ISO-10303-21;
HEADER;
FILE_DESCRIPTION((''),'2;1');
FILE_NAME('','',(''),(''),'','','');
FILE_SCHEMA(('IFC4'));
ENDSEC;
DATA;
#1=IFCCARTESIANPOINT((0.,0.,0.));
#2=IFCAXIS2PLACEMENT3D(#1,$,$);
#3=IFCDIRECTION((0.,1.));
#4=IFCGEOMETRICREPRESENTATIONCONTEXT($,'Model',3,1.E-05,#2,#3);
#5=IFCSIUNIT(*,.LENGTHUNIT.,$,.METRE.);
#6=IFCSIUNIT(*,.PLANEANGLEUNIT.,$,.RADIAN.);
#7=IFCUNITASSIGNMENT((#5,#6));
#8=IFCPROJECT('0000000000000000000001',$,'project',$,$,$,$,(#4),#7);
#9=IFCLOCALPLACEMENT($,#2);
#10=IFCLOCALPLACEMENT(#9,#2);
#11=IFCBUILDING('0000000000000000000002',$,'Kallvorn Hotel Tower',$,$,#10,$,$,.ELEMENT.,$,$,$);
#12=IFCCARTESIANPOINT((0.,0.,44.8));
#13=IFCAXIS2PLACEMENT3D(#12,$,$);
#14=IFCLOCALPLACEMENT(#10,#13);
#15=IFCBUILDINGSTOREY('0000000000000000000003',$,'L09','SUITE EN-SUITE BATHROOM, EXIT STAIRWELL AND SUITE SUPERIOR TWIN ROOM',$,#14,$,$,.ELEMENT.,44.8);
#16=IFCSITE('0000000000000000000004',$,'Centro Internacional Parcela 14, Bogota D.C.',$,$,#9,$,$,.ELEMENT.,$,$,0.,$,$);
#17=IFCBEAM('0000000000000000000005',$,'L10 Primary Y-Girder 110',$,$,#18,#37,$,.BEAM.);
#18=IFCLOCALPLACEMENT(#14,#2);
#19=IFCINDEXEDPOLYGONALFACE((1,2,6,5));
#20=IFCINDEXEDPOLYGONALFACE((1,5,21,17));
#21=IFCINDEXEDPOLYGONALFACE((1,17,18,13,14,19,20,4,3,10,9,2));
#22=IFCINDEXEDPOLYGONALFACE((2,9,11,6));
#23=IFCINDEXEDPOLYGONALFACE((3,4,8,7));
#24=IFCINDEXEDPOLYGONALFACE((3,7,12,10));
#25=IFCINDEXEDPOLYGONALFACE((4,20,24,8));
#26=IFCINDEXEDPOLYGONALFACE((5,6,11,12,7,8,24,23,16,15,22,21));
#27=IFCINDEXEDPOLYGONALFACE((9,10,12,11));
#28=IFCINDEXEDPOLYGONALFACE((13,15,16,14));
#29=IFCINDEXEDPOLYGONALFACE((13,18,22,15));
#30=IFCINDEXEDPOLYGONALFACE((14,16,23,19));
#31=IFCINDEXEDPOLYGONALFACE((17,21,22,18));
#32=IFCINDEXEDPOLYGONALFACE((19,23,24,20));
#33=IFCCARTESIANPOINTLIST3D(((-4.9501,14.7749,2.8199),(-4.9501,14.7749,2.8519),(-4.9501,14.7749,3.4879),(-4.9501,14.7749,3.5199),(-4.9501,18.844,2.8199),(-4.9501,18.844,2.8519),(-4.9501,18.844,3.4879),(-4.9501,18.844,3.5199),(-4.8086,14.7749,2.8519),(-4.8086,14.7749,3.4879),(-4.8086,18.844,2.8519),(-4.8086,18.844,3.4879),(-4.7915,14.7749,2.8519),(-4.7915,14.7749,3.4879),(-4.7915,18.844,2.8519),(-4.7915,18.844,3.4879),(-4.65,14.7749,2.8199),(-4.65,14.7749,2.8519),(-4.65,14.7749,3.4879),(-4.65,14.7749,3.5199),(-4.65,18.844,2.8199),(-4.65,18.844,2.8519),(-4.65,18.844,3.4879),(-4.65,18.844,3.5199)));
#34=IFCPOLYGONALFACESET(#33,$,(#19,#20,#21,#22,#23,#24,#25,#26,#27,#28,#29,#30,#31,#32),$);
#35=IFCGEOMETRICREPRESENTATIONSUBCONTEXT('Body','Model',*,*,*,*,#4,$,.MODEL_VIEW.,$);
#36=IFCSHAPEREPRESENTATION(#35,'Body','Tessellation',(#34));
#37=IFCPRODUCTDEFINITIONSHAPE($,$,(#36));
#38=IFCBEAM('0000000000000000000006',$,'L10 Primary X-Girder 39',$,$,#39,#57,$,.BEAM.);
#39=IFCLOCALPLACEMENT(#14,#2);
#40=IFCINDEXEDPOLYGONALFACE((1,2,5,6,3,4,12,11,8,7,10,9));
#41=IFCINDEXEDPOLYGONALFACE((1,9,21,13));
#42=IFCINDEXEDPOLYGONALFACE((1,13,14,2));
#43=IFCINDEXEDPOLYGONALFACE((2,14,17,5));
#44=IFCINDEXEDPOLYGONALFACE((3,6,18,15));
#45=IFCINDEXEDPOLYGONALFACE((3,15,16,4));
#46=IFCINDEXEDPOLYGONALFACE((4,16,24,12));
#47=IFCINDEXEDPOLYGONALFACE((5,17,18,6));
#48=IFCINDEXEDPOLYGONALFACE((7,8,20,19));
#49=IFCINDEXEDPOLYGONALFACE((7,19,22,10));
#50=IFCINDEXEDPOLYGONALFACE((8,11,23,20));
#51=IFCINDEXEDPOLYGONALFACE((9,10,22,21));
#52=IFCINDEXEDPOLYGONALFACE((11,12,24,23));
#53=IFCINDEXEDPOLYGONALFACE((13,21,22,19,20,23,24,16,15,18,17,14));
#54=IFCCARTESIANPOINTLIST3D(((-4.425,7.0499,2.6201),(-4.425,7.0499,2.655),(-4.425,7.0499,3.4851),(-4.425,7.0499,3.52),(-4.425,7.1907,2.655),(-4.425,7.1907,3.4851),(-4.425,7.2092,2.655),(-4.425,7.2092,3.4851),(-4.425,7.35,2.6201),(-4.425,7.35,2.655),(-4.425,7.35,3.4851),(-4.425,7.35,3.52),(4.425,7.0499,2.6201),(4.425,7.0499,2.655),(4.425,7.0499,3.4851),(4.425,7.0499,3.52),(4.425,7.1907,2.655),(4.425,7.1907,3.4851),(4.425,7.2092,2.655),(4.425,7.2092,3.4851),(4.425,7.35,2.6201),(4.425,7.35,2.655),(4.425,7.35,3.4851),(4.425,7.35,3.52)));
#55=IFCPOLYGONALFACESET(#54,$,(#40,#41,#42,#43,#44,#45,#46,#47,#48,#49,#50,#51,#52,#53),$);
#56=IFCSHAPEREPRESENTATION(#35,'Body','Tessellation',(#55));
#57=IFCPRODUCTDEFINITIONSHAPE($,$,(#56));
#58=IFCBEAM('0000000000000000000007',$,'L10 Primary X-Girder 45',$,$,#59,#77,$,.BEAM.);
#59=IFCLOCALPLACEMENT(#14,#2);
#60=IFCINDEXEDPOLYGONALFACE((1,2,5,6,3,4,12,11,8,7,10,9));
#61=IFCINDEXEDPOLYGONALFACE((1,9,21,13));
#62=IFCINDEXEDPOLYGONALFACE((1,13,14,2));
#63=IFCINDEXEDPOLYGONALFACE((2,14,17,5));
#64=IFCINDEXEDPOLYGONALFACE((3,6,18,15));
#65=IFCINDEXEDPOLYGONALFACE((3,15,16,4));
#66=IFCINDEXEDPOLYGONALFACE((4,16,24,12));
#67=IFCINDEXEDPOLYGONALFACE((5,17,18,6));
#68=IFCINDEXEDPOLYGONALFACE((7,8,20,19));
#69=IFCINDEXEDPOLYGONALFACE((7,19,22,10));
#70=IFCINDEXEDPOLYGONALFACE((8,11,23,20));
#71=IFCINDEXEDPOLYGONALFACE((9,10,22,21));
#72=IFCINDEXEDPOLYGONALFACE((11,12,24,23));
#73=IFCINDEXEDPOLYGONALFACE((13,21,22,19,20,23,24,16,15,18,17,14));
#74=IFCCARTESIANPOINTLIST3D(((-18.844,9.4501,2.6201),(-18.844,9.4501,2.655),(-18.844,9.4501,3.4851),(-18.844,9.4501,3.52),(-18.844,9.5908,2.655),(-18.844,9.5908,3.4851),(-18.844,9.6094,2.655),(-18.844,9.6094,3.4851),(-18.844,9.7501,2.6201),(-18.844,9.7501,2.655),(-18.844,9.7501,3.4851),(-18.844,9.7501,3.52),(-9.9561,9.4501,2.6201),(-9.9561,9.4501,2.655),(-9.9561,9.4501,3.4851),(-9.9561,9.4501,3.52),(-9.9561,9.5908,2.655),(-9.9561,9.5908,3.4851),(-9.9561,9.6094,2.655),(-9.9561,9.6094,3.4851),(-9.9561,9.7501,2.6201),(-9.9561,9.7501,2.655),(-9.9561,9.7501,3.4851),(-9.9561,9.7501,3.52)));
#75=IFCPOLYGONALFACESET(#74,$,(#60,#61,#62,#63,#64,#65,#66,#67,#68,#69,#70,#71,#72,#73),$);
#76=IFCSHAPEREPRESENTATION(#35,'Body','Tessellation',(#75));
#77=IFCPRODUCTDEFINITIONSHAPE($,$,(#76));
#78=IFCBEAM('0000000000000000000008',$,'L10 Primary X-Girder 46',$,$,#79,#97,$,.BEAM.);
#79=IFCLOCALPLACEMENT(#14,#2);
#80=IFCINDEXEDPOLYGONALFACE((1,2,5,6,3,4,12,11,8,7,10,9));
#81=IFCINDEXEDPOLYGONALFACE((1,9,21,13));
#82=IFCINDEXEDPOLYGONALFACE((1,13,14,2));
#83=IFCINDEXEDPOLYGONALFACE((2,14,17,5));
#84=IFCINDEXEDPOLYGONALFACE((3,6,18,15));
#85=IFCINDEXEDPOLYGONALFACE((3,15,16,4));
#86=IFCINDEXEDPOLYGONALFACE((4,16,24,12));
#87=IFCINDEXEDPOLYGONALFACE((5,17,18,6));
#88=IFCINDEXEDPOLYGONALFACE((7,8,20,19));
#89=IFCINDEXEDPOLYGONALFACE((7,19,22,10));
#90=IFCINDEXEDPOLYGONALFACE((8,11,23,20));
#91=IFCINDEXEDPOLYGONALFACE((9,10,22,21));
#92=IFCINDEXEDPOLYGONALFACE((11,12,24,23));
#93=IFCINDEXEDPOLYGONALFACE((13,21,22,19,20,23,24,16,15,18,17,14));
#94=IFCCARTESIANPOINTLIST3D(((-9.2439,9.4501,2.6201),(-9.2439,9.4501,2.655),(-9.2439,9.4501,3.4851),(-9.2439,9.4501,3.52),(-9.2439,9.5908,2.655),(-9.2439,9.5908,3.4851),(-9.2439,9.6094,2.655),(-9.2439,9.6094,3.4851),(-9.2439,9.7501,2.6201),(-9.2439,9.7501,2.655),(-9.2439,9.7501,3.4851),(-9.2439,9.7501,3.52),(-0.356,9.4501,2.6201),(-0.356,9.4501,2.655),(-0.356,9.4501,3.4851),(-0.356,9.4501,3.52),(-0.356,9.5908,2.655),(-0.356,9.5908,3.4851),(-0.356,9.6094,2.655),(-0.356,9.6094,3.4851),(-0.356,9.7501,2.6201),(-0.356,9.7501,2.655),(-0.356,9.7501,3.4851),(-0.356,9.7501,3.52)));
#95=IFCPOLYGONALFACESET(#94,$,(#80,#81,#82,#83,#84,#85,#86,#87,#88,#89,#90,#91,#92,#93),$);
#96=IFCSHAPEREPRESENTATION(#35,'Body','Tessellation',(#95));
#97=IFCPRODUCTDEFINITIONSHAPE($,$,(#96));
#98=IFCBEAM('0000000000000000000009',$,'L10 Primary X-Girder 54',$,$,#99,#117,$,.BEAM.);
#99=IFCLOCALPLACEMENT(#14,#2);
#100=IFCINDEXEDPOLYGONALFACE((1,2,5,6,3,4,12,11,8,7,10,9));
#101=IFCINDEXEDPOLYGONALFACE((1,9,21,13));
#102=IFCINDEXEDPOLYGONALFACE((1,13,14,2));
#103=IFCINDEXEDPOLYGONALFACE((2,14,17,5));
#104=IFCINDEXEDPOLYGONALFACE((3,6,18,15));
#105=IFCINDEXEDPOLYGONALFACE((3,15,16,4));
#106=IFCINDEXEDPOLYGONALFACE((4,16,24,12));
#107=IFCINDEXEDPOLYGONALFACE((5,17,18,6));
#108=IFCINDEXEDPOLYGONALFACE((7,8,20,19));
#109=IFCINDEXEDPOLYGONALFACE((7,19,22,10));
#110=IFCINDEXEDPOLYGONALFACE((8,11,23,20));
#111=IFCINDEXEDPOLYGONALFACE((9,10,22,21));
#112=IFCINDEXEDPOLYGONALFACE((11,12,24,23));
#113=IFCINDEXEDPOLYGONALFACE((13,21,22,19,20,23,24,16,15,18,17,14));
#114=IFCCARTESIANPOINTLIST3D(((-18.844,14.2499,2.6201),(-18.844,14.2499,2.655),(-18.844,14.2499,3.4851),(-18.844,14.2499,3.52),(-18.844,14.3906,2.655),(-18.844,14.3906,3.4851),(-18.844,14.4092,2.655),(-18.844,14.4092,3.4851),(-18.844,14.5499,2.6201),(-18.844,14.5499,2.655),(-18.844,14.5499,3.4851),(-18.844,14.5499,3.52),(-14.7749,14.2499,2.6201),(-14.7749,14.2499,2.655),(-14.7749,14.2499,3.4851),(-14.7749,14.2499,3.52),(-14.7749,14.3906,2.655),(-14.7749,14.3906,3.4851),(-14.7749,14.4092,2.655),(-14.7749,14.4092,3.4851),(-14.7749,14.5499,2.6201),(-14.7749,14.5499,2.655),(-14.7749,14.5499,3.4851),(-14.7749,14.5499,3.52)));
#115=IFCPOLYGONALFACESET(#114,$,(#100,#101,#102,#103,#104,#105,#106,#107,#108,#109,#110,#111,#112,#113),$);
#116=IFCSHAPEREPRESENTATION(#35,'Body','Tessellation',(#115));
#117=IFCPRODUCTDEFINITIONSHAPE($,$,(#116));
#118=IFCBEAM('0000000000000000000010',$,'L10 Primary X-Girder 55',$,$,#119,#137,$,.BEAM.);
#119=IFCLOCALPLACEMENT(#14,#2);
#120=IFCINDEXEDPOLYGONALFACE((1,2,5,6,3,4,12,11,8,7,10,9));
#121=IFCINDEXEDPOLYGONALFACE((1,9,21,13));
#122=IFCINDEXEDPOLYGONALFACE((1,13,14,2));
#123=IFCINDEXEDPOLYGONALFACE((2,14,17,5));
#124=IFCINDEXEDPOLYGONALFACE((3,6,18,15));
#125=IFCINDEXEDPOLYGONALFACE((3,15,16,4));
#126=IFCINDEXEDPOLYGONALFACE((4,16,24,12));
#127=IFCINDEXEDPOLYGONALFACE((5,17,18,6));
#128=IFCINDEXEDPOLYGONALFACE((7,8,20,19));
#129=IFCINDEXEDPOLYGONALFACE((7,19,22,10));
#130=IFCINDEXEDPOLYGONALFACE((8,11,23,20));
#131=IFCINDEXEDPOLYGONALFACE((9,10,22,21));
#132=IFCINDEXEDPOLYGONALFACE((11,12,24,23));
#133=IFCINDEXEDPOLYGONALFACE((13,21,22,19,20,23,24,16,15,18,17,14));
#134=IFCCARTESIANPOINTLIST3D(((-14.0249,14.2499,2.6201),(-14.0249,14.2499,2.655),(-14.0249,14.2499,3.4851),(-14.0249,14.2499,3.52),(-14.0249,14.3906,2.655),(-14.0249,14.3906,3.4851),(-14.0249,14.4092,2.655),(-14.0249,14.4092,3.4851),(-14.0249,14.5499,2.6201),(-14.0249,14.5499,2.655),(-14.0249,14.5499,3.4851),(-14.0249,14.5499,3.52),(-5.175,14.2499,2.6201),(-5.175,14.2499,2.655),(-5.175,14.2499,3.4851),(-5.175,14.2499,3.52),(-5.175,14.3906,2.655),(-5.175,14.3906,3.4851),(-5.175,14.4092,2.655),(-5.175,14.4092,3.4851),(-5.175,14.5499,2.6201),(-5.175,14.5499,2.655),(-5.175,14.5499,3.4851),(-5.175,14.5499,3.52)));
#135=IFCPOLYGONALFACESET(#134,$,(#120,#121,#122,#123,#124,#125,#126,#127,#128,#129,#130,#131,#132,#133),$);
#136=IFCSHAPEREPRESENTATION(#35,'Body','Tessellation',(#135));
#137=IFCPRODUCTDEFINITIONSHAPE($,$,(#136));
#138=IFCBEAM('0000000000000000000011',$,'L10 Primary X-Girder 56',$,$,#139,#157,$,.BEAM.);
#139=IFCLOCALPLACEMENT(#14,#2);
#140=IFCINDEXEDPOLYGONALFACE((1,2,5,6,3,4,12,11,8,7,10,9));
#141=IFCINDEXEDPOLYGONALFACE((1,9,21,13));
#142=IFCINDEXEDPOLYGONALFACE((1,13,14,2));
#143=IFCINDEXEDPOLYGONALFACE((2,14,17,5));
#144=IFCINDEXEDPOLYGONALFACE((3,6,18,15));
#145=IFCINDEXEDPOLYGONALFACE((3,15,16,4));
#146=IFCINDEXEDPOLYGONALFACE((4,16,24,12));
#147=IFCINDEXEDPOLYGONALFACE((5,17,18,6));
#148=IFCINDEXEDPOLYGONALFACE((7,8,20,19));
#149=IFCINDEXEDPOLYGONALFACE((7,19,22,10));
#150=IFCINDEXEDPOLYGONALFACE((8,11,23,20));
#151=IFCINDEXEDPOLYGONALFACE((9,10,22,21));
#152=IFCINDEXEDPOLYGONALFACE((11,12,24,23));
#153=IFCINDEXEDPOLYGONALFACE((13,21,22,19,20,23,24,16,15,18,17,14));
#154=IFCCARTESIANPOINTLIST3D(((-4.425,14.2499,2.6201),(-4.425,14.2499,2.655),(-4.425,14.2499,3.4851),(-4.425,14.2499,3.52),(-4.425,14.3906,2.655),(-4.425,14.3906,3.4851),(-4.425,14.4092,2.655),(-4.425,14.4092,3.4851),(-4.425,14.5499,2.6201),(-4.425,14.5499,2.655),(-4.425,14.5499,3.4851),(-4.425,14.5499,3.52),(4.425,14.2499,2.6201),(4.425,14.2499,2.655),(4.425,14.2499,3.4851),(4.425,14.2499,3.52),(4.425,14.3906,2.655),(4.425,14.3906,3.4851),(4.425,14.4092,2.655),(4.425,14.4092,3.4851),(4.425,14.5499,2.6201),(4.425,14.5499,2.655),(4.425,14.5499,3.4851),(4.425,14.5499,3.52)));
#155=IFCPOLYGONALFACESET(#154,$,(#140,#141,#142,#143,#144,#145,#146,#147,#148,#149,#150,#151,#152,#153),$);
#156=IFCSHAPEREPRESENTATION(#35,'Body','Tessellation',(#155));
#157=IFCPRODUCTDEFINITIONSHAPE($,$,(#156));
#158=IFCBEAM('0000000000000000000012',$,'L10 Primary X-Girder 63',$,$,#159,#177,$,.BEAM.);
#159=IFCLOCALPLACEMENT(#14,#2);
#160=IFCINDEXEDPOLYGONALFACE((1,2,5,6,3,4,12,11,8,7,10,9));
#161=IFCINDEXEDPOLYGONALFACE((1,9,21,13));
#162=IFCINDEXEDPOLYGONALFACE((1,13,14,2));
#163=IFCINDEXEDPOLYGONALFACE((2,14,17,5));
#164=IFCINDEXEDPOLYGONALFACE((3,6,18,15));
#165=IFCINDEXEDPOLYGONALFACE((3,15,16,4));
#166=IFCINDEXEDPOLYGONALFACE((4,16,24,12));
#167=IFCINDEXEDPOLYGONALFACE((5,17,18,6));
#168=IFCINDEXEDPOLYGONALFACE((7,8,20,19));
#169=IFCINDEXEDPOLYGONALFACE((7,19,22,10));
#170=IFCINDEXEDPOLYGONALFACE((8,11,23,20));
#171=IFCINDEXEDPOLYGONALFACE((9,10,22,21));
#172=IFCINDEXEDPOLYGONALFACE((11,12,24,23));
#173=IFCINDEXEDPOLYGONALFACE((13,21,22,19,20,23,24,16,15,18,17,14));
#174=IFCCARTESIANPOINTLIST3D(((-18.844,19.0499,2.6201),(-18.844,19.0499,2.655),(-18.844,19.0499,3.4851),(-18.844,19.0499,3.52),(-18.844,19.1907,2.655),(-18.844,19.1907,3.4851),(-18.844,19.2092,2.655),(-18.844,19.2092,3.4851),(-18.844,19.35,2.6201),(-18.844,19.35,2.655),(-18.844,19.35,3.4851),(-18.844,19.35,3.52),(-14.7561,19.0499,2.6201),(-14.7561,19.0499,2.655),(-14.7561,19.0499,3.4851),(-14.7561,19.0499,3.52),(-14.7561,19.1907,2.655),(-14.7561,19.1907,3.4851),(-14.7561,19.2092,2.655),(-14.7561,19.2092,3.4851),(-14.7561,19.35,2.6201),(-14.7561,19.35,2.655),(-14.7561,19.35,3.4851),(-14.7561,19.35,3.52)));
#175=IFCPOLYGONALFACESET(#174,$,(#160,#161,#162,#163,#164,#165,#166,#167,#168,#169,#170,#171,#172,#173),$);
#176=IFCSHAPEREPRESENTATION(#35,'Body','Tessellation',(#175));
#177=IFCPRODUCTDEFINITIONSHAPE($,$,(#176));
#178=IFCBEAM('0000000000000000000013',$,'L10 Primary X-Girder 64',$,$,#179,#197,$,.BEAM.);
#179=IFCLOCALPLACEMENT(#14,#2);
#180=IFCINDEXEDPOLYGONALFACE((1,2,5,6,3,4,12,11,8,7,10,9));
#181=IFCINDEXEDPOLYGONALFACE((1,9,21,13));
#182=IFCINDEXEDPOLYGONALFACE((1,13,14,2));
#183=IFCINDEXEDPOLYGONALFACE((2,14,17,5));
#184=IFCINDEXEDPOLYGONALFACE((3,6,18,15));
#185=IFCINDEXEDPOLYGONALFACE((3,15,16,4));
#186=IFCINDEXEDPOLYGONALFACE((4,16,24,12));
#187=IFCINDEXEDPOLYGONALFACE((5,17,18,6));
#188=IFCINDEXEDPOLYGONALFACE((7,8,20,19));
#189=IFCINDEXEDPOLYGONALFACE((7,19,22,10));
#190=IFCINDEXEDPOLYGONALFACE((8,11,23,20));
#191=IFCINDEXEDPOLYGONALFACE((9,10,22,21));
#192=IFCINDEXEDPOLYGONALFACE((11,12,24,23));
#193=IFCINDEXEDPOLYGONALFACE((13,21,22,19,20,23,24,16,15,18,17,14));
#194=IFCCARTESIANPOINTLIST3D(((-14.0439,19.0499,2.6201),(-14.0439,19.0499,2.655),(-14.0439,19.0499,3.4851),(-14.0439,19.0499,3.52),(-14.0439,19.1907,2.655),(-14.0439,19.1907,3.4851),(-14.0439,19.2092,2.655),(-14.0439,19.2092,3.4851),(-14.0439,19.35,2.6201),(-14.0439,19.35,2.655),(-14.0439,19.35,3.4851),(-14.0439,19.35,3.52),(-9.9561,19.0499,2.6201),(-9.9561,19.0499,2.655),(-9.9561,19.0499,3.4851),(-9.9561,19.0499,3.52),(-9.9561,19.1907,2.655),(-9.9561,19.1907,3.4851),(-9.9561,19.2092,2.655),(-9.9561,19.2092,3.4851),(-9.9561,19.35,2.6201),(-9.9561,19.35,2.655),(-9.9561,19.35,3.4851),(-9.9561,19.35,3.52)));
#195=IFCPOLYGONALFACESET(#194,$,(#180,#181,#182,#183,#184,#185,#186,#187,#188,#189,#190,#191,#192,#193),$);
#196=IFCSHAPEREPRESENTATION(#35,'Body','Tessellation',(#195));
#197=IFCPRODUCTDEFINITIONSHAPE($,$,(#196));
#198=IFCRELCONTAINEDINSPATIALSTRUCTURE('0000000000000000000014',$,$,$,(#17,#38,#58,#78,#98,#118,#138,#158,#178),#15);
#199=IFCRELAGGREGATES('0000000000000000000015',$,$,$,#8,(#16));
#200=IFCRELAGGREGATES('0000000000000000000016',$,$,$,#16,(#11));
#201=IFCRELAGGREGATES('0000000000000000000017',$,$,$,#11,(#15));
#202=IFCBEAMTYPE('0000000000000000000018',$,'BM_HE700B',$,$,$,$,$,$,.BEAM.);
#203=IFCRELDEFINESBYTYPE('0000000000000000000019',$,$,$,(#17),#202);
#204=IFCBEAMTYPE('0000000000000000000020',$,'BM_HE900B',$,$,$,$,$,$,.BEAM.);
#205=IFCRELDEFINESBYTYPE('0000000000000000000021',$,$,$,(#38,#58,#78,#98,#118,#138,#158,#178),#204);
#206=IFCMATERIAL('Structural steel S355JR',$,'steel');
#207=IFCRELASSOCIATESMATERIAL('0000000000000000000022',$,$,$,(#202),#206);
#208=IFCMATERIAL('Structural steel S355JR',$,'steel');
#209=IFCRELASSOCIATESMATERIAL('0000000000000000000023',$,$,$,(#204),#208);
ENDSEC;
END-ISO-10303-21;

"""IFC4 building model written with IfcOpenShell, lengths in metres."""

from ifc_helpers import new_model, si_unit, direction, frame, origin, origin_2d, place, context, subcontext, project, spatial, i_section, extrude, material, material_profile, profile_set, type_object, element, save


model = new_model("IFC4")

# Units and contexts
model_context = context("Model", 3, precision=1e-05, world=origin(), true_north=direction((0.0, 1.0)))
body_context = subcontext(model_context, "Body", "Model", "MODEL_VIEW")
ifc_project = project(units=[si_unit("LENGTHUNIT", "METRE"), si_unit("PLANEANGLEUNIT", "RADIAN")], contexts=[model_context])

# Site, building, storey
site_placement = place(None, origin())
site = spatial("IfcSite", under=ifc_project, at=site_placement, Name="Centro Internacional Parcela 14, Bogota D.C.", CompositionType="ELEMENT", RefElevation=0.0)
building_placement = place(site_placement, origin())
building = spatial("IfcBuilding", under=site, at=building_placement, Name="Kallvorn Hotel Tower", CompositionType="ELEMENT")
storey_placement = place(building_placement, frame((0.0, 0.0, 44.8)))
storey = spatial("IfcBuildingStorey", under=building, at=storey_placement, Name="L09", Description="SUITE EN-SUITE BATHROOM, EXIT STAIRWELL AND SUITE SUPERIOR TWIN ROOM", CompositionType="ELEMENT", Elevation=44.8)

# Beams
ifc_material_1 = material(Name="Structural steel S355JR", Category="steel")
ifc_material_profile_1 = material_profile(ifc_material_1, i_section(OverallWidth=0.3, OverallDepth=0.7, WebThickness=0.0171, FlangeThickness=0.032, at=origin_2d()), Name="HE 700 B")
ifc_profile_set_1 = profile_set([ifc_material_profile_1], Name="Structural steel S355JR")
beam_type_1 = type_object("IfcBeamType", Name="BM_HE700B", PredefinedType="BEAM", material=ifc_profile_set_1)
beam_1_placement = place(storey_placement, frame((-4.8, 14.7749, 3.1699), z_axis=(0.0, 1.0, 0.0), x_axis=(-1.0, 0.0, 0.0)))
element("IfcBeam", 1, at=beam_1_placement, inside=storey, type_object=beam_type_1, Name="L10 Primary Y-Girder 110", PredefinedType="BEAM", context=body_context, shape_type="SweptSolid", body=[
    extrude(i_section(OverallWidth=0.3, OverallDepth=0.7, WebThickness=0.0171, FlangeThickness=0.032, at=origin_2d()), origin(), (0.0, 0.0, 1.0), 4.0691),
])
ifc_material_2 = material(Name="Structural steel S355JR", Category="steel")
ifc_material_profile_2 = material_profile(ifc_material_2, i_section(OverallWidth=0.3, OverallDepth=0.8999, WebThickness=0.0186, FlangeThickness=0.0349, at=origin_2d()), Name="HE 900 B")
ifc_profile_set_2 = profile_set([ifc_material_profile_2], Name="Structural steel S355JR")
beam_type_2 = type_object("IfcBeamType", Name="BM_HE900B", PredefinedType="BEAM", material=ifc_profile_set_2)
beam_2_placement = place(storey_placement, frame((-4.425, 7.2, 3.0701), z_axis=(1.0, 0.0, 0.0), x_axis=(0.0, 1.0, 0.0)))
element("IfcBeam", 2, at=beam_2_placement, inside=storey, type_object=beam_type_2, Name="L10 Primary X-Girder 39", PredefinedType="BEAM", context=body_context, shape_type="SweptSolid", body=[
    extrude(i_section(OverallWidth=0.3, OverallDepth=0.8999, WebThickness=0.0186, FlangeThickness=0.0349, at=origin_2d()), origin(), (0.0, 0.0, 1.0), 8.8501),
])
for number, where, z_axis, x_axis, name in (
    (3, (-18.844, 9.6001, 3.0701), (1.0, 0.0, 0.0), (0.0, 1.0, 0.0), "L10 Primary X-Girder 45"),
    (4, (-9.2439, 9.6001, 3.0701), (1.0, 0.0, 0.0), (0.0, 1.0, 0.0), "L10 Primary X-Girder 46"),
):
    element("IfcBeam", number, at=place(storey_placement, frame(where, z_axis=z_axis, x_axis=x_axis)), inside=storey, type_object=beam_type_2, Name=name, PredefinedType="BEAM", context=body_context, shape_type="SweptSolid", body=[
        extrude(i_section(OverallWidth=0.3, OverallDepth=0.8999, WebThickness=0.0186, FlangeThickness=0.0349, at=origin_2d()), origin(), (0.0, 0.0, 1.0), 8.8879),
    ])
beam_3_placement = place(storey_placement, frame((-18.844, 14.3999, 3.0701), z_axis=(1.0, 0.0, 0.0), x_axis=(0.0, 1.0, 0.0)))
element("IfcBeam", 5, at=beam_3_placement, inside=storey, type_object=beam_type_2, Name="L10 Primary X-Girder 54", PredefinedType="BEAM", context=body_context, shape_type="SweptSolid", body=[
    extrude(i_section(OverallWidth=0.3, OverallDepth=0.8999, WebThickness=0.0186, FlangeThickness=0.0349, at=origin_2d()), origin(), (0.0, 0.0, 1.0), 4.0691),
])
beam_4_placement = place(storey_placement, frame((-14.0249, 14.3999, 3.0701), z_axis=(1.0, 0.0, 0.0), x_axis=(0.0, 1.0, 0.0)))
element("IfcBeam", 6, at=beam_4_placement, inside=storey, type_object=beam_type_2, Name="L10 Primary X-Girder 55", PredefinedType="BEAM", context=body_context, shape_type="SweptSolid", body=[
    extrude(i_section(OverallWidth=0.3, OverallDepth=0.8999, WebThickness=0.0186, FlangeThickness=0.0349, at=origin_2d()), origin(), (0.0, 0.0, 1.0), 8.8499),
])
beam_5_placement = place(storey_placement, frame((-4.425, 14.3999, 3.0701), z_axis=(1.0, 0.0, 0.0), x_axis=(0.0, 1.0, 0.0)))
element("IfcBeam", 7, at=beam_5_placement, inside=storey, type_object=beam_type_2, Name="L10 Primary X-Girder 56", PredefinedType="BEAM", context=body_context, shape_type="SweptSolid", body=[
    extrude(i_section(OverallWidth=0.3, OverallDepth=0.8999, WebThickness=0.0186, FlangeThickness=0.0349, at=origin_2d()), origin(), (0.0, 0.0, 1.0), 8.8501),
])
for number, where, z_axis, x_axis, name in (
    (8, (-18.844, 19.2, 3.0701), (1.0, 0.0, 0.0), (0.0, 1.0, 0.0), "L10 Primary X-Girder 63"),
    (9, (-14.0439, 19.2, 3.0701), (1.0, 0.0, 0.0), (0.0, 1.0, 0.0), "L10 Primary X-Girder 64"),
):
    element("IfcBeam", number, at=place(storey_placement, frame(where, z_axis=z_axis, x_axis=x_axis)), inside=storey, type_object=beam_type_2, Name=name, PredefinedType="BEAM", context=body_context, shape_type="SweptSolid", body=[
        extrude(i_section(OverallWidth=0.3, OverallDepth=0.8999, WebThickness=0.0186, FlangeThickness=0.0349, at=origin_2d()), origin(), (0.0, 0.0, 1.0), 4.0879),
    ])

save(model, "model.ifc")
